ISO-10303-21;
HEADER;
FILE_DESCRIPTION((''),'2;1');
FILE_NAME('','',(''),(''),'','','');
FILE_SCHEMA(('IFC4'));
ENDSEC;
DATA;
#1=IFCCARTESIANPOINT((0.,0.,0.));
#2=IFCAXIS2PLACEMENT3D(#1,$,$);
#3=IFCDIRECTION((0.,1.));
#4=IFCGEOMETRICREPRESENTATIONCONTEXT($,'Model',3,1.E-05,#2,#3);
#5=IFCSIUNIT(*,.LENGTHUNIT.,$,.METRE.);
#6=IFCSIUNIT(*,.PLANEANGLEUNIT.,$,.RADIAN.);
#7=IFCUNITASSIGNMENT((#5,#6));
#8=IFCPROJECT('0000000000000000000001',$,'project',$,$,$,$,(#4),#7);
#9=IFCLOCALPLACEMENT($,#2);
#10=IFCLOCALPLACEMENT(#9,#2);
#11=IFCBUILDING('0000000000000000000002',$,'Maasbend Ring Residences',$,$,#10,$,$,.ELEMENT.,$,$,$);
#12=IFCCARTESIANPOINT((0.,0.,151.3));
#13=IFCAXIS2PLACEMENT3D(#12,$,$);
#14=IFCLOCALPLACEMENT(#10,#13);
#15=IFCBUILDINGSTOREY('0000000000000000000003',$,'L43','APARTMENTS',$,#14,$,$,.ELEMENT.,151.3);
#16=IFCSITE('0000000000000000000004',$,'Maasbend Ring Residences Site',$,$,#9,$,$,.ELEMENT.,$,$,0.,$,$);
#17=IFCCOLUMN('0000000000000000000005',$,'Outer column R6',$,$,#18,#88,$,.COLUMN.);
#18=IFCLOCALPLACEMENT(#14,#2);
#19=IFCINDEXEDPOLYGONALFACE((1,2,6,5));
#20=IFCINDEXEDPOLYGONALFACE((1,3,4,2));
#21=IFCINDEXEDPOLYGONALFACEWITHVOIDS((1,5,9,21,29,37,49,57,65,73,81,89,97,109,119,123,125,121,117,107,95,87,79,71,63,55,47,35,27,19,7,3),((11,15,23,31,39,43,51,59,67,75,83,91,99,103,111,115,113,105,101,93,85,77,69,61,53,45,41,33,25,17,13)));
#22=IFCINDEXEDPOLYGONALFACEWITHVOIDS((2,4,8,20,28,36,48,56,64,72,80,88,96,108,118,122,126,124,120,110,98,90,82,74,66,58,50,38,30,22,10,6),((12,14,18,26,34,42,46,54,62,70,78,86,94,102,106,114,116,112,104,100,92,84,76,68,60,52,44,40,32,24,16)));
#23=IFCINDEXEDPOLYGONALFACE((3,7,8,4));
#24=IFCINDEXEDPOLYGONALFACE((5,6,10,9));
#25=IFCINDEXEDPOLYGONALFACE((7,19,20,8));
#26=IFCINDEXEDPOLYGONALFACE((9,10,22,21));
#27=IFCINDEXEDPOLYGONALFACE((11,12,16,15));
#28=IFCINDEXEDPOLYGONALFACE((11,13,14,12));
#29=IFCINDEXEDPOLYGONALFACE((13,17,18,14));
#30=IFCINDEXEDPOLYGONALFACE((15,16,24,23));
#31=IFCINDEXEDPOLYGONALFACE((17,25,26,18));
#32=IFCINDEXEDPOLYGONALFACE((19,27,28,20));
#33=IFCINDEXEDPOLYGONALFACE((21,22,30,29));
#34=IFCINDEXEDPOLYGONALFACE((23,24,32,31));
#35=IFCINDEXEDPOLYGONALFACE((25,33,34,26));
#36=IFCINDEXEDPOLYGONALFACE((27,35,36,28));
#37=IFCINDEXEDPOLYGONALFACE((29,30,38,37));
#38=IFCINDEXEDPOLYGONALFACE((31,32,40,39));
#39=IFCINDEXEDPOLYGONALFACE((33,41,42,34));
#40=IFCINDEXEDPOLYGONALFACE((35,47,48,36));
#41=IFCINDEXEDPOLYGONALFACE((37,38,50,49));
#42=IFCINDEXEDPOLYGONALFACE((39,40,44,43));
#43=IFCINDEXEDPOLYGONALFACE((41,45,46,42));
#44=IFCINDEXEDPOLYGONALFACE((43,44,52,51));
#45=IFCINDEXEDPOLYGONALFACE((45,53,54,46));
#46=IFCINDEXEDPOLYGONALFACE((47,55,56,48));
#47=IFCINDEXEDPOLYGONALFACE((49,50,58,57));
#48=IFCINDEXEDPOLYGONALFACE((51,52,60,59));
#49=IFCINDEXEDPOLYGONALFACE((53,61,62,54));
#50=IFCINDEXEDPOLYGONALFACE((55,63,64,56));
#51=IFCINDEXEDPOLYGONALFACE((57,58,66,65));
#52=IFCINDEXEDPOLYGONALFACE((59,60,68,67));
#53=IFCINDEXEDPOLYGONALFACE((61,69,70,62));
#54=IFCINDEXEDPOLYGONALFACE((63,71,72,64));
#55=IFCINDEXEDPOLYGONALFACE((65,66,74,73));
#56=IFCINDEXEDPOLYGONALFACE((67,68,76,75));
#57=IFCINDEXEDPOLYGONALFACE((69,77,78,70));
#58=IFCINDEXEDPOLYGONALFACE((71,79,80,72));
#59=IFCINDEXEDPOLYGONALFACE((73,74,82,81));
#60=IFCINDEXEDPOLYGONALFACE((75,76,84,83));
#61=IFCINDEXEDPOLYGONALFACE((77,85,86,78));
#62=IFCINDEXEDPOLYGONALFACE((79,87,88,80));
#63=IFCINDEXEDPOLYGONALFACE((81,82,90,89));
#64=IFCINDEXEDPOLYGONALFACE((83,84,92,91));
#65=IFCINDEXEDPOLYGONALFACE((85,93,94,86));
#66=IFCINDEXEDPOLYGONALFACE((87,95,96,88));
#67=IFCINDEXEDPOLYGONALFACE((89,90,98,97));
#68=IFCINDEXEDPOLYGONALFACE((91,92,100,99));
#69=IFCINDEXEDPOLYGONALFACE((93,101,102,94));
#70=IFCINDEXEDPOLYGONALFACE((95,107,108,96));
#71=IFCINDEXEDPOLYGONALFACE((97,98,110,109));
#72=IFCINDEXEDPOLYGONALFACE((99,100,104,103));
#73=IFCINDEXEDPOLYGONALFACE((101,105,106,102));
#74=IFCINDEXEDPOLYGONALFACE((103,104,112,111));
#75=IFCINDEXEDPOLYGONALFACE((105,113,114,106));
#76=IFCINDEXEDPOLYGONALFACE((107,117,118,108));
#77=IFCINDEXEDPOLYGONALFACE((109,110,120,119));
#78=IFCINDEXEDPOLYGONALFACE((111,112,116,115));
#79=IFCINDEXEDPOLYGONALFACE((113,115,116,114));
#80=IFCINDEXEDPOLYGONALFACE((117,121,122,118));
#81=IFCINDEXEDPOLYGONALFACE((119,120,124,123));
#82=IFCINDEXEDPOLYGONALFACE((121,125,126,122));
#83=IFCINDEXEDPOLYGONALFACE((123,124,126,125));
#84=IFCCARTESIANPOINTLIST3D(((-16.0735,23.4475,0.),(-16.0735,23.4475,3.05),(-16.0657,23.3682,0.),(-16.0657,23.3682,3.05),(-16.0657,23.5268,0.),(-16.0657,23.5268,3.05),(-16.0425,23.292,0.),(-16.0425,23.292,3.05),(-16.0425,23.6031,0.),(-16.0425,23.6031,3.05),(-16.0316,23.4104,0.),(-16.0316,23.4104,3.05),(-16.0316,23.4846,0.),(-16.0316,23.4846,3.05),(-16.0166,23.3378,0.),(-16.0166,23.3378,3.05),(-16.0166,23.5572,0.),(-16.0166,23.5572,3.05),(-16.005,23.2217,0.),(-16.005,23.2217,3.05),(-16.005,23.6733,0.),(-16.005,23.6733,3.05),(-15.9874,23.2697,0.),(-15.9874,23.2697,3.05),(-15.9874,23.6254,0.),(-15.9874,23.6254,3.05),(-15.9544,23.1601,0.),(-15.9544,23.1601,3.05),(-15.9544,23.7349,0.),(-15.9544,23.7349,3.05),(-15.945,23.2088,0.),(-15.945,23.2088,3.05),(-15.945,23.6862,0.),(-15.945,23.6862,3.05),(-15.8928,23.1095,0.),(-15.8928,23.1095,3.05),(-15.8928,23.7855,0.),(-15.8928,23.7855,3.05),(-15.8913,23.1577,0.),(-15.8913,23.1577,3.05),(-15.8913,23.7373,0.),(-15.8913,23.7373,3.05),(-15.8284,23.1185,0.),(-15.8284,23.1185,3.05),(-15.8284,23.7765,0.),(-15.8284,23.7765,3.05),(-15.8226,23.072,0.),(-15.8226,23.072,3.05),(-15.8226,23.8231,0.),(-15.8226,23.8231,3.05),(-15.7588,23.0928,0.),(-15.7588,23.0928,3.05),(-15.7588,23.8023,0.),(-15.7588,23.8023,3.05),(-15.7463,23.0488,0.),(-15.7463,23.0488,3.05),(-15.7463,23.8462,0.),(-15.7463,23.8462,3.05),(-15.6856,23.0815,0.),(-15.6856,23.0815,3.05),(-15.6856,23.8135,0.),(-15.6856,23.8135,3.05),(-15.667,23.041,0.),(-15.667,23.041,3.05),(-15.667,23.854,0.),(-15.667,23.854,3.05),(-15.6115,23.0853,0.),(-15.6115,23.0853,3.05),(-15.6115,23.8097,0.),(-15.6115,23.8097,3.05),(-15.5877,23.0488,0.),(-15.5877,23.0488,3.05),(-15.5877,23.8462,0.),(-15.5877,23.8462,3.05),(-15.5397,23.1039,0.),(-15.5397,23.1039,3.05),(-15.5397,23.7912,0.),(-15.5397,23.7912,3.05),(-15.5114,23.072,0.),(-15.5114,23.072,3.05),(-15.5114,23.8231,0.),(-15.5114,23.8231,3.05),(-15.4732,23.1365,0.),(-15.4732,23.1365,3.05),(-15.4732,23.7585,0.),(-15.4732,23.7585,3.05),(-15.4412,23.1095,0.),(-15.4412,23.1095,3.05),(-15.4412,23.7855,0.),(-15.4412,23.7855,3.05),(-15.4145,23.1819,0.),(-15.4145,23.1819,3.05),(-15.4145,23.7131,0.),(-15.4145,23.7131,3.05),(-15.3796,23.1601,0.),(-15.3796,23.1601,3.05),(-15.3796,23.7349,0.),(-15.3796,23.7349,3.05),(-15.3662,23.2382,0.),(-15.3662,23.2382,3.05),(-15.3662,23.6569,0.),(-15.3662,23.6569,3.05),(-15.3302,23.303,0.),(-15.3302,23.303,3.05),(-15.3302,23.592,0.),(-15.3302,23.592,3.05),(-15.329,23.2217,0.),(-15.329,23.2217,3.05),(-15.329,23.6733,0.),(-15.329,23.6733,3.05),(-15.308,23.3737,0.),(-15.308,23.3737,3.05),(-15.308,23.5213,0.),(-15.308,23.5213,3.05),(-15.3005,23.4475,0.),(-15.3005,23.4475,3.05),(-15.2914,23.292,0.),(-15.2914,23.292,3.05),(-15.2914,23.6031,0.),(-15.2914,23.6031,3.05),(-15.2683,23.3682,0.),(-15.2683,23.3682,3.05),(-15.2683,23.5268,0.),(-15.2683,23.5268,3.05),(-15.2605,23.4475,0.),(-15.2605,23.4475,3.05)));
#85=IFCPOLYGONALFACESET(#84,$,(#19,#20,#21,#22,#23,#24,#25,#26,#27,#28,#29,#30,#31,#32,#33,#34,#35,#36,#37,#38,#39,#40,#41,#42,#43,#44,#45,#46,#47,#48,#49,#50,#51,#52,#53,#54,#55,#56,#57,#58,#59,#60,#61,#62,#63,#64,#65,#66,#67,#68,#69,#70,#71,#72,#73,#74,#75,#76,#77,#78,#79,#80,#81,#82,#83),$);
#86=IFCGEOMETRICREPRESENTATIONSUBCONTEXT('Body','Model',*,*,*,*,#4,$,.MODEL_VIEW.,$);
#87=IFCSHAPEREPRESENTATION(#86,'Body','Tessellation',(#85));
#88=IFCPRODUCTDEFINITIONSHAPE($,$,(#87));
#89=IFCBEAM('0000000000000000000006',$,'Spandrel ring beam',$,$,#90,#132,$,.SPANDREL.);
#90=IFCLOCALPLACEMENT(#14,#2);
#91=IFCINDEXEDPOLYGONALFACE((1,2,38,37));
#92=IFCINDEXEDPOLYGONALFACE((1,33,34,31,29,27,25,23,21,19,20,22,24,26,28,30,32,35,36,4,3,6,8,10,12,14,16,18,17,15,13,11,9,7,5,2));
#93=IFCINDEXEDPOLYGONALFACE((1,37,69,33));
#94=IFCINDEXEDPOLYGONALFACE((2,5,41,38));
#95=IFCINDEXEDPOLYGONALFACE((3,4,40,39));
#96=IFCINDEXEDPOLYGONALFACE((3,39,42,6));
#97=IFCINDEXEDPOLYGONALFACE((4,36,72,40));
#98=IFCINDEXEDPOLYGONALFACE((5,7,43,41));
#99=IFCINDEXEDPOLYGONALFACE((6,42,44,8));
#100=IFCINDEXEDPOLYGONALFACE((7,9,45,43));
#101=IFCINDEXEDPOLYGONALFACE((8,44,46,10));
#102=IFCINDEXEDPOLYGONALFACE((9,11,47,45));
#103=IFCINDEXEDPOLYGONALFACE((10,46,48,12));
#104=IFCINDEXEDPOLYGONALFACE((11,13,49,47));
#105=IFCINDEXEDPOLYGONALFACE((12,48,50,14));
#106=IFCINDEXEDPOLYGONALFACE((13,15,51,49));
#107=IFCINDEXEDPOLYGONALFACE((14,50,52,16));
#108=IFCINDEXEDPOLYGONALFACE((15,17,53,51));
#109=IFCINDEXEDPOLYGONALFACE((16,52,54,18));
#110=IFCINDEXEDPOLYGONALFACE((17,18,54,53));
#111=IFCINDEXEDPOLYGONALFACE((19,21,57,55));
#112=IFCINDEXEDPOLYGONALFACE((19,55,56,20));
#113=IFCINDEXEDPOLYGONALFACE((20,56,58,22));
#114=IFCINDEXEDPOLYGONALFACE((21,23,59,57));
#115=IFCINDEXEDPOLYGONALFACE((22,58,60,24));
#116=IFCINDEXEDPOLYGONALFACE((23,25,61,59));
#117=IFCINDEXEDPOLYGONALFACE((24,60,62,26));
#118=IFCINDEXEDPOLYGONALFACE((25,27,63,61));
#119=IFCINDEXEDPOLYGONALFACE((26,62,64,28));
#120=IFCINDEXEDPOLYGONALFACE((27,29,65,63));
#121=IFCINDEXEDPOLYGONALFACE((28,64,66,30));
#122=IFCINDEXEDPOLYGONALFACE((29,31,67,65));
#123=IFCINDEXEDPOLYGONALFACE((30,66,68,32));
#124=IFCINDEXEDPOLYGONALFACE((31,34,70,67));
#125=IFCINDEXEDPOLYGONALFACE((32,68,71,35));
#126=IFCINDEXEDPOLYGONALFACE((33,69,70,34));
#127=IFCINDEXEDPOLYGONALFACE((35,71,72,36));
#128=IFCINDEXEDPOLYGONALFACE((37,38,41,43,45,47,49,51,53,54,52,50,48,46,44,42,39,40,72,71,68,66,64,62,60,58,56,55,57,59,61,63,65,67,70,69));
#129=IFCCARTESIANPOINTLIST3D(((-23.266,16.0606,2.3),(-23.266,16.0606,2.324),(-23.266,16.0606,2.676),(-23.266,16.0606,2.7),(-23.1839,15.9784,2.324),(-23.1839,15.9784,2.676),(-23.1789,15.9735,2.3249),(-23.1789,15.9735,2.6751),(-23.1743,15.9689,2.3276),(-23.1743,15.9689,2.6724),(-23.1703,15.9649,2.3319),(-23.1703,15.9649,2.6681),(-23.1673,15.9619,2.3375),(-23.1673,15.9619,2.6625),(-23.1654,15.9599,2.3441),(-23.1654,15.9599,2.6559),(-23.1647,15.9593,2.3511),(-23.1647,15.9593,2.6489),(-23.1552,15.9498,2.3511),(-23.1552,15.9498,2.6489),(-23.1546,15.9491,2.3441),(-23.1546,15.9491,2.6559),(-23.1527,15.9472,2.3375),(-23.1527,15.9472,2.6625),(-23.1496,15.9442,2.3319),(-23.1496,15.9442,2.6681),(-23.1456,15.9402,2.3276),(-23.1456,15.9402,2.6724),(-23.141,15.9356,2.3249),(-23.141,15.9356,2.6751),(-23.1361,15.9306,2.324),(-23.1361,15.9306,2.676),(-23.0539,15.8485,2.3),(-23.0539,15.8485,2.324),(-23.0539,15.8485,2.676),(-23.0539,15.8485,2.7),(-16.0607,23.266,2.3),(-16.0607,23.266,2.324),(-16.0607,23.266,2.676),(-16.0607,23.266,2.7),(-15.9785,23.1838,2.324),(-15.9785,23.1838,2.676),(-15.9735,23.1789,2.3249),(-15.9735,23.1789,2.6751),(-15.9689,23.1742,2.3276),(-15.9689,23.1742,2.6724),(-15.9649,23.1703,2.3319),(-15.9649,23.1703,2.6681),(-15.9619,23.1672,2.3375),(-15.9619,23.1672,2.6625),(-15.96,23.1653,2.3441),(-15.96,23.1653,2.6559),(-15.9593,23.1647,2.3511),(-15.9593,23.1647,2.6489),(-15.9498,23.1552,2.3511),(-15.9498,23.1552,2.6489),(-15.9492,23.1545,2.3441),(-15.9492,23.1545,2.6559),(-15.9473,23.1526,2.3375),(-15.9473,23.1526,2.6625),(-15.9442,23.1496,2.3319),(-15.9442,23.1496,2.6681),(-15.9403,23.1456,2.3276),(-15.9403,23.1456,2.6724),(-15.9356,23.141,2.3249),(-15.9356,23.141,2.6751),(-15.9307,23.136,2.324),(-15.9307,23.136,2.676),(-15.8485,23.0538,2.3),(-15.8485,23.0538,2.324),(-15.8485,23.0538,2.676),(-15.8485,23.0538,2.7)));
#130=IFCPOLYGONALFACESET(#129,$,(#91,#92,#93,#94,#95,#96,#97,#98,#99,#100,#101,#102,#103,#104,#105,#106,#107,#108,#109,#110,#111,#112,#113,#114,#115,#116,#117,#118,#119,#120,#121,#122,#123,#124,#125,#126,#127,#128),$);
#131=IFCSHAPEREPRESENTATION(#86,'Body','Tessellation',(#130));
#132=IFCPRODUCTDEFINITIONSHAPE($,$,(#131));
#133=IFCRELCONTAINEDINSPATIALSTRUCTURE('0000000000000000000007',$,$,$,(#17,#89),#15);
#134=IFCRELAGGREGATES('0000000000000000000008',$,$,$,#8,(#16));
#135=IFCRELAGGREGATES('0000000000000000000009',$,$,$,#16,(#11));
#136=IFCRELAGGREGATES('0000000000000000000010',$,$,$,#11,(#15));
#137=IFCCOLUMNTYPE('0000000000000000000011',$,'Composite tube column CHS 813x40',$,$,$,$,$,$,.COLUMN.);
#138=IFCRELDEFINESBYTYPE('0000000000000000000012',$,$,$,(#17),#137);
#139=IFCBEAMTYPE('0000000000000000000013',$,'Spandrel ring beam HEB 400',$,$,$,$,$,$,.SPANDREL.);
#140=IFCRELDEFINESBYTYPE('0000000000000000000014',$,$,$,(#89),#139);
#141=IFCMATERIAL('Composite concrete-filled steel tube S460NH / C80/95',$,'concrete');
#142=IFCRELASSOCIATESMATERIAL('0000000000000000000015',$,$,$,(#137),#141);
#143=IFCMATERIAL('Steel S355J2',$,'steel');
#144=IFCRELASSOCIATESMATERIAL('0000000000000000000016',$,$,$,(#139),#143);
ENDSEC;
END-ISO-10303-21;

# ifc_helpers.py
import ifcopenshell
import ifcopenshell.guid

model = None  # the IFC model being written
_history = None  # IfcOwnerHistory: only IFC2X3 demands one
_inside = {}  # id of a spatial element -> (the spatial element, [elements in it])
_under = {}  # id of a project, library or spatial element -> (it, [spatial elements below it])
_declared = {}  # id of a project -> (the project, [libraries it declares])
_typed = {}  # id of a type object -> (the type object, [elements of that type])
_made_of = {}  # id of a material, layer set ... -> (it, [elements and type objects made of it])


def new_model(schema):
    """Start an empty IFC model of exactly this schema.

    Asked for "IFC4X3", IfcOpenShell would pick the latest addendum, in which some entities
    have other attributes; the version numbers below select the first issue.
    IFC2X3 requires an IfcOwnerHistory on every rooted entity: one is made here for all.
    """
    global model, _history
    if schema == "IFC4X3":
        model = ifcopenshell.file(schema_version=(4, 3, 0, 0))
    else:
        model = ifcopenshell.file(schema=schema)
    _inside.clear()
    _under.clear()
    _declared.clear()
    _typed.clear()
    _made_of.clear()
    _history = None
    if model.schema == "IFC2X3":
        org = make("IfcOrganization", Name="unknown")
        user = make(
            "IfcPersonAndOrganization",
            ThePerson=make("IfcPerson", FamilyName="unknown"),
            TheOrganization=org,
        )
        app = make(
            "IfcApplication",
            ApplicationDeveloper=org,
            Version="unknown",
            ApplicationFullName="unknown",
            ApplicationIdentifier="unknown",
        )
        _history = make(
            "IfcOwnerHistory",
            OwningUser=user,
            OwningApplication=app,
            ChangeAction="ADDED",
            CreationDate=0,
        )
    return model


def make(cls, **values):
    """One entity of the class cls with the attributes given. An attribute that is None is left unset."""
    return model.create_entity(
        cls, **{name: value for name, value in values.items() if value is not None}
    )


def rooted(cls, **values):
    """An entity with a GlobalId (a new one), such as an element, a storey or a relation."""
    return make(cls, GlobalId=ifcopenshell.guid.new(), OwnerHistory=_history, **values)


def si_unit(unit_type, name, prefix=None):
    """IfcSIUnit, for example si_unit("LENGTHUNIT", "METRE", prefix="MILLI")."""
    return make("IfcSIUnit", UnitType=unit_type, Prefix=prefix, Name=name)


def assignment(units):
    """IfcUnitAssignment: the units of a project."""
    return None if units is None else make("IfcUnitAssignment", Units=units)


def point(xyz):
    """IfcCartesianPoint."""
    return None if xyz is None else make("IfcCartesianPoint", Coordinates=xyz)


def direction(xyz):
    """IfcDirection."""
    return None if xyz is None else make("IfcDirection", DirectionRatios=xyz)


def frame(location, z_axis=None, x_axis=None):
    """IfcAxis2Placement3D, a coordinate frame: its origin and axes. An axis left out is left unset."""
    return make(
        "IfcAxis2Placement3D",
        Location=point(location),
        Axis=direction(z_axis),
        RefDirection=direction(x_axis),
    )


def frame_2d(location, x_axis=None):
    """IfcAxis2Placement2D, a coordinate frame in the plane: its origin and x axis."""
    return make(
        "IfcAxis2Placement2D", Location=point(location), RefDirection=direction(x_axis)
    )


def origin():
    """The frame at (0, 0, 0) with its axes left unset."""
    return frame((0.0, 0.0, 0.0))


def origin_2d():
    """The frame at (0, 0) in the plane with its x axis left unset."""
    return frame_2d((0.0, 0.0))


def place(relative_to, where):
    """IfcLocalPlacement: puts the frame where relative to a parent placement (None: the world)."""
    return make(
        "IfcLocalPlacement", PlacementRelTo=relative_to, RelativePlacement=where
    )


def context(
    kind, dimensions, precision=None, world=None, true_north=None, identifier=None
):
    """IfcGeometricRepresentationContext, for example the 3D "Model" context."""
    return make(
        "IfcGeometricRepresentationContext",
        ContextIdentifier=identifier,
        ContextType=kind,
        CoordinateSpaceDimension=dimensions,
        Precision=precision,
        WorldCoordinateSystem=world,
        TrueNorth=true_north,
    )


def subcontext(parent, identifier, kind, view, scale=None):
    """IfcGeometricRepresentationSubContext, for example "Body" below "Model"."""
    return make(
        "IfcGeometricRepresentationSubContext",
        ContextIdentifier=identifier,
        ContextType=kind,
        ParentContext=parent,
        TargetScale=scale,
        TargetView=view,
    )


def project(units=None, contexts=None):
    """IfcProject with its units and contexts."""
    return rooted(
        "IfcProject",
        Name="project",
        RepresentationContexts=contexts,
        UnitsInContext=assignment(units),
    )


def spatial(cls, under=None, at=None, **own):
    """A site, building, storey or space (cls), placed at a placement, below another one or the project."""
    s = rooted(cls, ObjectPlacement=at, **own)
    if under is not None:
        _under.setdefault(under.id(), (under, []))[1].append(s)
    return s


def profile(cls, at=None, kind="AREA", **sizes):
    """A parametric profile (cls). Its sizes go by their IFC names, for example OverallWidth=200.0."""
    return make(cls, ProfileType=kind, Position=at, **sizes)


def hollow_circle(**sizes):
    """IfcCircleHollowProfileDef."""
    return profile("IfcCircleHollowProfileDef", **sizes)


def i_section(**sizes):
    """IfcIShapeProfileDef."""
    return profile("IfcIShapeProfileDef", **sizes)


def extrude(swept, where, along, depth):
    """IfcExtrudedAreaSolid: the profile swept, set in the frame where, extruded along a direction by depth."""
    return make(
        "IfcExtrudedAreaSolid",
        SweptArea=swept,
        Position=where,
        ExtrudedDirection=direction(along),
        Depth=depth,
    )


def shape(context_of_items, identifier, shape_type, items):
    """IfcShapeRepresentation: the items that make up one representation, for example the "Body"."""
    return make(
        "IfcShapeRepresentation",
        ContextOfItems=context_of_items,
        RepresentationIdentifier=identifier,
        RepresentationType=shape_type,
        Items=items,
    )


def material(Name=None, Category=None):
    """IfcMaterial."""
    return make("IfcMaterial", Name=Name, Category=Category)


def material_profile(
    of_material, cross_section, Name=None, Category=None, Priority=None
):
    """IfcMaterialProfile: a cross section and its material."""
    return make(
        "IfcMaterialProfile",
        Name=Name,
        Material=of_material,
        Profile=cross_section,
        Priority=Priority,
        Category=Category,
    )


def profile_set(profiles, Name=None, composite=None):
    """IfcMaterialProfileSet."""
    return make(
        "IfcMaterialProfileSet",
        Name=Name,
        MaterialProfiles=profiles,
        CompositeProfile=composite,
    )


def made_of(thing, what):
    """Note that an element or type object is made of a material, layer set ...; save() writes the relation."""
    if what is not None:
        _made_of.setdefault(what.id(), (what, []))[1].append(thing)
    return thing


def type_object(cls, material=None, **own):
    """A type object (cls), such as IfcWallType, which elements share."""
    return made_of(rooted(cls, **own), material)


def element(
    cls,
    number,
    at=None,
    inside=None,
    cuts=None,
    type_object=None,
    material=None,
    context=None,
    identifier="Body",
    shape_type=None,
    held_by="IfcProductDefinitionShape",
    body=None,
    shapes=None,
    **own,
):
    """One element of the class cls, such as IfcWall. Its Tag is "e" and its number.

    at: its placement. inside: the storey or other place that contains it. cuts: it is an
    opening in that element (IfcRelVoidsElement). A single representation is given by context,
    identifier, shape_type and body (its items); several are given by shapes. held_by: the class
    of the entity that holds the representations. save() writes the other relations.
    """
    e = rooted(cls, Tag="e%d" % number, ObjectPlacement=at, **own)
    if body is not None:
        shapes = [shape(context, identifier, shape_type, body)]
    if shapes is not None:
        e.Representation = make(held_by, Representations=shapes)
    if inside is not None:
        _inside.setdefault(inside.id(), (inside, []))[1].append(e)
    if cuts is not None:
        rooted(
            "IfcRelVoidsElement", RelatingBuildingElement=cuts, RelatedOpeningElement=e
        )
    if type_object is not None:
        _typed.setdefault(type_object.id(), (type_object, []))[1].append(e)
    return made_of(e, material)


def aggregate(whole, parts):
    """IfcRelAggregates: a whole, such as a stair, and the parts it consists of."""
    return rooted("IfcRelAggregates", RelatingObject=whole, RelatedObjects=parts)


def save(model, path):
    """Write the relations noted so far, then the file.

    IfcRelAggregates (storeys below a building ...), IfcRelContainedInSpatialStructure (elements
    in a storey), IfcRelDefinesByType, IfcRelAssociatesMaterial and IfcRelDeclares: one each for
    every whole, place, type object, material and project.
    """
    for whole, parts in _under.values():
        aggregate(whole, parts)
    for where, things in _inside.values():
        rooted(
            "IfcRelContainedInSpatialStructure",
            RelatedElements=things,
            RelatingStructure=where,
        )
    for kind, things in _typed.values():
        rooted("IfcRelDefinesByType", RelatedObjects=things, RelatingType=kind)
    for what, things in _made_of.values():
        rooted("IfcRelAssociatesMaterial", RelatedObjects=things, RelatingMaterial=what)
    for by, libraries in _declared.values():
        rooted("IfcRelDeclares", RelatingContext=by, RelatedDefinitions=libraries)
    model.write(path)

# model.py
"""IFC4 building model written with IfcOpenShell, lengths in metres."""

from ifc_helpers import new_model, si_unit, direction, frame, origin, origin_2d, place, context, subcontext, project, spatial, hollow_circle, i_section, extrude, material, material_profile, profile_set, type_object, element, save


model = new_model("IFC4")

# Units and contexts
model_context = context("Model", 3, precision=1e-05, world=origin(), true_north=direction((0.0, 1.0)))
body_context = subcontext(model_context, "Body", "Model", "MODEL_VIEW")
ifc_project = project(units=[si_unit("LENGTHUNIT", "METRE"), si_unit("PLANEANGLEUNIT", "RADIAN")], contexts=[model_context])

# Site, building, storey
site_placement = place(None, origin())
site = spatial("IfcSite", under=ifc_project, at=site_placement, Name="Maasbend Ring Residences Site", CompositionType="ELEMENT", RefElevation=0.0)
building_placement = place(site_placement, origin())
building = spatial("IfcBuilding", under=site, at=building_placement, Name="Maasbend Ring Residences", CompositionType="ELEMENT")
storey_placement = place(building_placement, frame((0.0, 0.0, 151.3)))
storey = spatial("IfcBuildingStorey", under=building, at=storey_placement, Name="L43", Description="APARTMENTS", CompositionType="ELEMENT", Elevation=151.3)

# Column
ifc_material_1 = material(Name="Composite concrete-filled steel tube S460NH / C80/95", Category="concrete")
ifc_material_profile_1 = material_profile(ifc_material_1, hollow_circle(Radius=0.4065, WallThickness=0.04, at=origin_2d()), Name="Composite tube column CHS 813x40")
ifc_profile_set_1 = profile_set([ifc_material_profile_1], Name="Composite concrete-filled steel tube S460NH / C80/95")
column_type = type_object("IfcColumnType", Name="Composite tube column CHS 813x40", PredefinedType="COLUMN", material=ifc_profile_set_1)
column_placement = place(storey_placement, frame((-15.667, 23.4475, 0.0), z_axis=(0.0, 0.0, 1.0), x_axis=(1.0, 0.0, 0.0)))
element("IfcColumn", 1, at=column_placement, inside=storey, type_object=column_type, Name="Outer column R6", PredefinedType="COLUMN", context=body_context, shape_type="SweptSolid", body=[
    extrude(hollow_circle(Radius=0.4065, WallThickness=0.04, at=origin_2d()), origin(), (0.0, 0.0, 1.0), 3.05),
])

# Beam
ifc_material_2 = material(Name="Steel S355J2", Category="steel")
ifc_material_profile_2 = material_profile(ifc_material_2, i_section(OverallWidth=0.3, OverallDepth=0.3999, WebThickness=0.0134, FlangeThickness=0.0239, FilletRadius=0.0271, at=origin_2d()), Name="HEB 400")
ifc_profile_set_2 = profile_set([ifc_material_profile_2], Name="Steel S355J2")
beam_type = type_object("IfcBeamType", Name="Spandrel ring beam HEB 400", PredefinedType="SPANDREL", material=ifc_profile_set_2)
beam_placement = place(storey_placement, frame((-15.9546, 23.1599, 2.5), z_axis=(-0.707107, -0.707107, 0.0), x_axis=(0.707107, -0.707107, 0.0)))
element("IfcBeam", 2, at=beam_placement, inside=storey, type_object=beam_type, Name="Spandrel ring beam", PredefinedType="SPANDREL", context=body_context, shape_type="SweptSolid", body=[
    extrude(i_section(OverallWidth=0.3, OverallDepth=0.3999, WebThickness=0.0134, FlangeThickness=0.0239, FilletRadius=0.0271, at=origin_2d()), origin(), (0.0, 0.0, 1.0), 10.1899),
])

save(model, "model.ifc")
